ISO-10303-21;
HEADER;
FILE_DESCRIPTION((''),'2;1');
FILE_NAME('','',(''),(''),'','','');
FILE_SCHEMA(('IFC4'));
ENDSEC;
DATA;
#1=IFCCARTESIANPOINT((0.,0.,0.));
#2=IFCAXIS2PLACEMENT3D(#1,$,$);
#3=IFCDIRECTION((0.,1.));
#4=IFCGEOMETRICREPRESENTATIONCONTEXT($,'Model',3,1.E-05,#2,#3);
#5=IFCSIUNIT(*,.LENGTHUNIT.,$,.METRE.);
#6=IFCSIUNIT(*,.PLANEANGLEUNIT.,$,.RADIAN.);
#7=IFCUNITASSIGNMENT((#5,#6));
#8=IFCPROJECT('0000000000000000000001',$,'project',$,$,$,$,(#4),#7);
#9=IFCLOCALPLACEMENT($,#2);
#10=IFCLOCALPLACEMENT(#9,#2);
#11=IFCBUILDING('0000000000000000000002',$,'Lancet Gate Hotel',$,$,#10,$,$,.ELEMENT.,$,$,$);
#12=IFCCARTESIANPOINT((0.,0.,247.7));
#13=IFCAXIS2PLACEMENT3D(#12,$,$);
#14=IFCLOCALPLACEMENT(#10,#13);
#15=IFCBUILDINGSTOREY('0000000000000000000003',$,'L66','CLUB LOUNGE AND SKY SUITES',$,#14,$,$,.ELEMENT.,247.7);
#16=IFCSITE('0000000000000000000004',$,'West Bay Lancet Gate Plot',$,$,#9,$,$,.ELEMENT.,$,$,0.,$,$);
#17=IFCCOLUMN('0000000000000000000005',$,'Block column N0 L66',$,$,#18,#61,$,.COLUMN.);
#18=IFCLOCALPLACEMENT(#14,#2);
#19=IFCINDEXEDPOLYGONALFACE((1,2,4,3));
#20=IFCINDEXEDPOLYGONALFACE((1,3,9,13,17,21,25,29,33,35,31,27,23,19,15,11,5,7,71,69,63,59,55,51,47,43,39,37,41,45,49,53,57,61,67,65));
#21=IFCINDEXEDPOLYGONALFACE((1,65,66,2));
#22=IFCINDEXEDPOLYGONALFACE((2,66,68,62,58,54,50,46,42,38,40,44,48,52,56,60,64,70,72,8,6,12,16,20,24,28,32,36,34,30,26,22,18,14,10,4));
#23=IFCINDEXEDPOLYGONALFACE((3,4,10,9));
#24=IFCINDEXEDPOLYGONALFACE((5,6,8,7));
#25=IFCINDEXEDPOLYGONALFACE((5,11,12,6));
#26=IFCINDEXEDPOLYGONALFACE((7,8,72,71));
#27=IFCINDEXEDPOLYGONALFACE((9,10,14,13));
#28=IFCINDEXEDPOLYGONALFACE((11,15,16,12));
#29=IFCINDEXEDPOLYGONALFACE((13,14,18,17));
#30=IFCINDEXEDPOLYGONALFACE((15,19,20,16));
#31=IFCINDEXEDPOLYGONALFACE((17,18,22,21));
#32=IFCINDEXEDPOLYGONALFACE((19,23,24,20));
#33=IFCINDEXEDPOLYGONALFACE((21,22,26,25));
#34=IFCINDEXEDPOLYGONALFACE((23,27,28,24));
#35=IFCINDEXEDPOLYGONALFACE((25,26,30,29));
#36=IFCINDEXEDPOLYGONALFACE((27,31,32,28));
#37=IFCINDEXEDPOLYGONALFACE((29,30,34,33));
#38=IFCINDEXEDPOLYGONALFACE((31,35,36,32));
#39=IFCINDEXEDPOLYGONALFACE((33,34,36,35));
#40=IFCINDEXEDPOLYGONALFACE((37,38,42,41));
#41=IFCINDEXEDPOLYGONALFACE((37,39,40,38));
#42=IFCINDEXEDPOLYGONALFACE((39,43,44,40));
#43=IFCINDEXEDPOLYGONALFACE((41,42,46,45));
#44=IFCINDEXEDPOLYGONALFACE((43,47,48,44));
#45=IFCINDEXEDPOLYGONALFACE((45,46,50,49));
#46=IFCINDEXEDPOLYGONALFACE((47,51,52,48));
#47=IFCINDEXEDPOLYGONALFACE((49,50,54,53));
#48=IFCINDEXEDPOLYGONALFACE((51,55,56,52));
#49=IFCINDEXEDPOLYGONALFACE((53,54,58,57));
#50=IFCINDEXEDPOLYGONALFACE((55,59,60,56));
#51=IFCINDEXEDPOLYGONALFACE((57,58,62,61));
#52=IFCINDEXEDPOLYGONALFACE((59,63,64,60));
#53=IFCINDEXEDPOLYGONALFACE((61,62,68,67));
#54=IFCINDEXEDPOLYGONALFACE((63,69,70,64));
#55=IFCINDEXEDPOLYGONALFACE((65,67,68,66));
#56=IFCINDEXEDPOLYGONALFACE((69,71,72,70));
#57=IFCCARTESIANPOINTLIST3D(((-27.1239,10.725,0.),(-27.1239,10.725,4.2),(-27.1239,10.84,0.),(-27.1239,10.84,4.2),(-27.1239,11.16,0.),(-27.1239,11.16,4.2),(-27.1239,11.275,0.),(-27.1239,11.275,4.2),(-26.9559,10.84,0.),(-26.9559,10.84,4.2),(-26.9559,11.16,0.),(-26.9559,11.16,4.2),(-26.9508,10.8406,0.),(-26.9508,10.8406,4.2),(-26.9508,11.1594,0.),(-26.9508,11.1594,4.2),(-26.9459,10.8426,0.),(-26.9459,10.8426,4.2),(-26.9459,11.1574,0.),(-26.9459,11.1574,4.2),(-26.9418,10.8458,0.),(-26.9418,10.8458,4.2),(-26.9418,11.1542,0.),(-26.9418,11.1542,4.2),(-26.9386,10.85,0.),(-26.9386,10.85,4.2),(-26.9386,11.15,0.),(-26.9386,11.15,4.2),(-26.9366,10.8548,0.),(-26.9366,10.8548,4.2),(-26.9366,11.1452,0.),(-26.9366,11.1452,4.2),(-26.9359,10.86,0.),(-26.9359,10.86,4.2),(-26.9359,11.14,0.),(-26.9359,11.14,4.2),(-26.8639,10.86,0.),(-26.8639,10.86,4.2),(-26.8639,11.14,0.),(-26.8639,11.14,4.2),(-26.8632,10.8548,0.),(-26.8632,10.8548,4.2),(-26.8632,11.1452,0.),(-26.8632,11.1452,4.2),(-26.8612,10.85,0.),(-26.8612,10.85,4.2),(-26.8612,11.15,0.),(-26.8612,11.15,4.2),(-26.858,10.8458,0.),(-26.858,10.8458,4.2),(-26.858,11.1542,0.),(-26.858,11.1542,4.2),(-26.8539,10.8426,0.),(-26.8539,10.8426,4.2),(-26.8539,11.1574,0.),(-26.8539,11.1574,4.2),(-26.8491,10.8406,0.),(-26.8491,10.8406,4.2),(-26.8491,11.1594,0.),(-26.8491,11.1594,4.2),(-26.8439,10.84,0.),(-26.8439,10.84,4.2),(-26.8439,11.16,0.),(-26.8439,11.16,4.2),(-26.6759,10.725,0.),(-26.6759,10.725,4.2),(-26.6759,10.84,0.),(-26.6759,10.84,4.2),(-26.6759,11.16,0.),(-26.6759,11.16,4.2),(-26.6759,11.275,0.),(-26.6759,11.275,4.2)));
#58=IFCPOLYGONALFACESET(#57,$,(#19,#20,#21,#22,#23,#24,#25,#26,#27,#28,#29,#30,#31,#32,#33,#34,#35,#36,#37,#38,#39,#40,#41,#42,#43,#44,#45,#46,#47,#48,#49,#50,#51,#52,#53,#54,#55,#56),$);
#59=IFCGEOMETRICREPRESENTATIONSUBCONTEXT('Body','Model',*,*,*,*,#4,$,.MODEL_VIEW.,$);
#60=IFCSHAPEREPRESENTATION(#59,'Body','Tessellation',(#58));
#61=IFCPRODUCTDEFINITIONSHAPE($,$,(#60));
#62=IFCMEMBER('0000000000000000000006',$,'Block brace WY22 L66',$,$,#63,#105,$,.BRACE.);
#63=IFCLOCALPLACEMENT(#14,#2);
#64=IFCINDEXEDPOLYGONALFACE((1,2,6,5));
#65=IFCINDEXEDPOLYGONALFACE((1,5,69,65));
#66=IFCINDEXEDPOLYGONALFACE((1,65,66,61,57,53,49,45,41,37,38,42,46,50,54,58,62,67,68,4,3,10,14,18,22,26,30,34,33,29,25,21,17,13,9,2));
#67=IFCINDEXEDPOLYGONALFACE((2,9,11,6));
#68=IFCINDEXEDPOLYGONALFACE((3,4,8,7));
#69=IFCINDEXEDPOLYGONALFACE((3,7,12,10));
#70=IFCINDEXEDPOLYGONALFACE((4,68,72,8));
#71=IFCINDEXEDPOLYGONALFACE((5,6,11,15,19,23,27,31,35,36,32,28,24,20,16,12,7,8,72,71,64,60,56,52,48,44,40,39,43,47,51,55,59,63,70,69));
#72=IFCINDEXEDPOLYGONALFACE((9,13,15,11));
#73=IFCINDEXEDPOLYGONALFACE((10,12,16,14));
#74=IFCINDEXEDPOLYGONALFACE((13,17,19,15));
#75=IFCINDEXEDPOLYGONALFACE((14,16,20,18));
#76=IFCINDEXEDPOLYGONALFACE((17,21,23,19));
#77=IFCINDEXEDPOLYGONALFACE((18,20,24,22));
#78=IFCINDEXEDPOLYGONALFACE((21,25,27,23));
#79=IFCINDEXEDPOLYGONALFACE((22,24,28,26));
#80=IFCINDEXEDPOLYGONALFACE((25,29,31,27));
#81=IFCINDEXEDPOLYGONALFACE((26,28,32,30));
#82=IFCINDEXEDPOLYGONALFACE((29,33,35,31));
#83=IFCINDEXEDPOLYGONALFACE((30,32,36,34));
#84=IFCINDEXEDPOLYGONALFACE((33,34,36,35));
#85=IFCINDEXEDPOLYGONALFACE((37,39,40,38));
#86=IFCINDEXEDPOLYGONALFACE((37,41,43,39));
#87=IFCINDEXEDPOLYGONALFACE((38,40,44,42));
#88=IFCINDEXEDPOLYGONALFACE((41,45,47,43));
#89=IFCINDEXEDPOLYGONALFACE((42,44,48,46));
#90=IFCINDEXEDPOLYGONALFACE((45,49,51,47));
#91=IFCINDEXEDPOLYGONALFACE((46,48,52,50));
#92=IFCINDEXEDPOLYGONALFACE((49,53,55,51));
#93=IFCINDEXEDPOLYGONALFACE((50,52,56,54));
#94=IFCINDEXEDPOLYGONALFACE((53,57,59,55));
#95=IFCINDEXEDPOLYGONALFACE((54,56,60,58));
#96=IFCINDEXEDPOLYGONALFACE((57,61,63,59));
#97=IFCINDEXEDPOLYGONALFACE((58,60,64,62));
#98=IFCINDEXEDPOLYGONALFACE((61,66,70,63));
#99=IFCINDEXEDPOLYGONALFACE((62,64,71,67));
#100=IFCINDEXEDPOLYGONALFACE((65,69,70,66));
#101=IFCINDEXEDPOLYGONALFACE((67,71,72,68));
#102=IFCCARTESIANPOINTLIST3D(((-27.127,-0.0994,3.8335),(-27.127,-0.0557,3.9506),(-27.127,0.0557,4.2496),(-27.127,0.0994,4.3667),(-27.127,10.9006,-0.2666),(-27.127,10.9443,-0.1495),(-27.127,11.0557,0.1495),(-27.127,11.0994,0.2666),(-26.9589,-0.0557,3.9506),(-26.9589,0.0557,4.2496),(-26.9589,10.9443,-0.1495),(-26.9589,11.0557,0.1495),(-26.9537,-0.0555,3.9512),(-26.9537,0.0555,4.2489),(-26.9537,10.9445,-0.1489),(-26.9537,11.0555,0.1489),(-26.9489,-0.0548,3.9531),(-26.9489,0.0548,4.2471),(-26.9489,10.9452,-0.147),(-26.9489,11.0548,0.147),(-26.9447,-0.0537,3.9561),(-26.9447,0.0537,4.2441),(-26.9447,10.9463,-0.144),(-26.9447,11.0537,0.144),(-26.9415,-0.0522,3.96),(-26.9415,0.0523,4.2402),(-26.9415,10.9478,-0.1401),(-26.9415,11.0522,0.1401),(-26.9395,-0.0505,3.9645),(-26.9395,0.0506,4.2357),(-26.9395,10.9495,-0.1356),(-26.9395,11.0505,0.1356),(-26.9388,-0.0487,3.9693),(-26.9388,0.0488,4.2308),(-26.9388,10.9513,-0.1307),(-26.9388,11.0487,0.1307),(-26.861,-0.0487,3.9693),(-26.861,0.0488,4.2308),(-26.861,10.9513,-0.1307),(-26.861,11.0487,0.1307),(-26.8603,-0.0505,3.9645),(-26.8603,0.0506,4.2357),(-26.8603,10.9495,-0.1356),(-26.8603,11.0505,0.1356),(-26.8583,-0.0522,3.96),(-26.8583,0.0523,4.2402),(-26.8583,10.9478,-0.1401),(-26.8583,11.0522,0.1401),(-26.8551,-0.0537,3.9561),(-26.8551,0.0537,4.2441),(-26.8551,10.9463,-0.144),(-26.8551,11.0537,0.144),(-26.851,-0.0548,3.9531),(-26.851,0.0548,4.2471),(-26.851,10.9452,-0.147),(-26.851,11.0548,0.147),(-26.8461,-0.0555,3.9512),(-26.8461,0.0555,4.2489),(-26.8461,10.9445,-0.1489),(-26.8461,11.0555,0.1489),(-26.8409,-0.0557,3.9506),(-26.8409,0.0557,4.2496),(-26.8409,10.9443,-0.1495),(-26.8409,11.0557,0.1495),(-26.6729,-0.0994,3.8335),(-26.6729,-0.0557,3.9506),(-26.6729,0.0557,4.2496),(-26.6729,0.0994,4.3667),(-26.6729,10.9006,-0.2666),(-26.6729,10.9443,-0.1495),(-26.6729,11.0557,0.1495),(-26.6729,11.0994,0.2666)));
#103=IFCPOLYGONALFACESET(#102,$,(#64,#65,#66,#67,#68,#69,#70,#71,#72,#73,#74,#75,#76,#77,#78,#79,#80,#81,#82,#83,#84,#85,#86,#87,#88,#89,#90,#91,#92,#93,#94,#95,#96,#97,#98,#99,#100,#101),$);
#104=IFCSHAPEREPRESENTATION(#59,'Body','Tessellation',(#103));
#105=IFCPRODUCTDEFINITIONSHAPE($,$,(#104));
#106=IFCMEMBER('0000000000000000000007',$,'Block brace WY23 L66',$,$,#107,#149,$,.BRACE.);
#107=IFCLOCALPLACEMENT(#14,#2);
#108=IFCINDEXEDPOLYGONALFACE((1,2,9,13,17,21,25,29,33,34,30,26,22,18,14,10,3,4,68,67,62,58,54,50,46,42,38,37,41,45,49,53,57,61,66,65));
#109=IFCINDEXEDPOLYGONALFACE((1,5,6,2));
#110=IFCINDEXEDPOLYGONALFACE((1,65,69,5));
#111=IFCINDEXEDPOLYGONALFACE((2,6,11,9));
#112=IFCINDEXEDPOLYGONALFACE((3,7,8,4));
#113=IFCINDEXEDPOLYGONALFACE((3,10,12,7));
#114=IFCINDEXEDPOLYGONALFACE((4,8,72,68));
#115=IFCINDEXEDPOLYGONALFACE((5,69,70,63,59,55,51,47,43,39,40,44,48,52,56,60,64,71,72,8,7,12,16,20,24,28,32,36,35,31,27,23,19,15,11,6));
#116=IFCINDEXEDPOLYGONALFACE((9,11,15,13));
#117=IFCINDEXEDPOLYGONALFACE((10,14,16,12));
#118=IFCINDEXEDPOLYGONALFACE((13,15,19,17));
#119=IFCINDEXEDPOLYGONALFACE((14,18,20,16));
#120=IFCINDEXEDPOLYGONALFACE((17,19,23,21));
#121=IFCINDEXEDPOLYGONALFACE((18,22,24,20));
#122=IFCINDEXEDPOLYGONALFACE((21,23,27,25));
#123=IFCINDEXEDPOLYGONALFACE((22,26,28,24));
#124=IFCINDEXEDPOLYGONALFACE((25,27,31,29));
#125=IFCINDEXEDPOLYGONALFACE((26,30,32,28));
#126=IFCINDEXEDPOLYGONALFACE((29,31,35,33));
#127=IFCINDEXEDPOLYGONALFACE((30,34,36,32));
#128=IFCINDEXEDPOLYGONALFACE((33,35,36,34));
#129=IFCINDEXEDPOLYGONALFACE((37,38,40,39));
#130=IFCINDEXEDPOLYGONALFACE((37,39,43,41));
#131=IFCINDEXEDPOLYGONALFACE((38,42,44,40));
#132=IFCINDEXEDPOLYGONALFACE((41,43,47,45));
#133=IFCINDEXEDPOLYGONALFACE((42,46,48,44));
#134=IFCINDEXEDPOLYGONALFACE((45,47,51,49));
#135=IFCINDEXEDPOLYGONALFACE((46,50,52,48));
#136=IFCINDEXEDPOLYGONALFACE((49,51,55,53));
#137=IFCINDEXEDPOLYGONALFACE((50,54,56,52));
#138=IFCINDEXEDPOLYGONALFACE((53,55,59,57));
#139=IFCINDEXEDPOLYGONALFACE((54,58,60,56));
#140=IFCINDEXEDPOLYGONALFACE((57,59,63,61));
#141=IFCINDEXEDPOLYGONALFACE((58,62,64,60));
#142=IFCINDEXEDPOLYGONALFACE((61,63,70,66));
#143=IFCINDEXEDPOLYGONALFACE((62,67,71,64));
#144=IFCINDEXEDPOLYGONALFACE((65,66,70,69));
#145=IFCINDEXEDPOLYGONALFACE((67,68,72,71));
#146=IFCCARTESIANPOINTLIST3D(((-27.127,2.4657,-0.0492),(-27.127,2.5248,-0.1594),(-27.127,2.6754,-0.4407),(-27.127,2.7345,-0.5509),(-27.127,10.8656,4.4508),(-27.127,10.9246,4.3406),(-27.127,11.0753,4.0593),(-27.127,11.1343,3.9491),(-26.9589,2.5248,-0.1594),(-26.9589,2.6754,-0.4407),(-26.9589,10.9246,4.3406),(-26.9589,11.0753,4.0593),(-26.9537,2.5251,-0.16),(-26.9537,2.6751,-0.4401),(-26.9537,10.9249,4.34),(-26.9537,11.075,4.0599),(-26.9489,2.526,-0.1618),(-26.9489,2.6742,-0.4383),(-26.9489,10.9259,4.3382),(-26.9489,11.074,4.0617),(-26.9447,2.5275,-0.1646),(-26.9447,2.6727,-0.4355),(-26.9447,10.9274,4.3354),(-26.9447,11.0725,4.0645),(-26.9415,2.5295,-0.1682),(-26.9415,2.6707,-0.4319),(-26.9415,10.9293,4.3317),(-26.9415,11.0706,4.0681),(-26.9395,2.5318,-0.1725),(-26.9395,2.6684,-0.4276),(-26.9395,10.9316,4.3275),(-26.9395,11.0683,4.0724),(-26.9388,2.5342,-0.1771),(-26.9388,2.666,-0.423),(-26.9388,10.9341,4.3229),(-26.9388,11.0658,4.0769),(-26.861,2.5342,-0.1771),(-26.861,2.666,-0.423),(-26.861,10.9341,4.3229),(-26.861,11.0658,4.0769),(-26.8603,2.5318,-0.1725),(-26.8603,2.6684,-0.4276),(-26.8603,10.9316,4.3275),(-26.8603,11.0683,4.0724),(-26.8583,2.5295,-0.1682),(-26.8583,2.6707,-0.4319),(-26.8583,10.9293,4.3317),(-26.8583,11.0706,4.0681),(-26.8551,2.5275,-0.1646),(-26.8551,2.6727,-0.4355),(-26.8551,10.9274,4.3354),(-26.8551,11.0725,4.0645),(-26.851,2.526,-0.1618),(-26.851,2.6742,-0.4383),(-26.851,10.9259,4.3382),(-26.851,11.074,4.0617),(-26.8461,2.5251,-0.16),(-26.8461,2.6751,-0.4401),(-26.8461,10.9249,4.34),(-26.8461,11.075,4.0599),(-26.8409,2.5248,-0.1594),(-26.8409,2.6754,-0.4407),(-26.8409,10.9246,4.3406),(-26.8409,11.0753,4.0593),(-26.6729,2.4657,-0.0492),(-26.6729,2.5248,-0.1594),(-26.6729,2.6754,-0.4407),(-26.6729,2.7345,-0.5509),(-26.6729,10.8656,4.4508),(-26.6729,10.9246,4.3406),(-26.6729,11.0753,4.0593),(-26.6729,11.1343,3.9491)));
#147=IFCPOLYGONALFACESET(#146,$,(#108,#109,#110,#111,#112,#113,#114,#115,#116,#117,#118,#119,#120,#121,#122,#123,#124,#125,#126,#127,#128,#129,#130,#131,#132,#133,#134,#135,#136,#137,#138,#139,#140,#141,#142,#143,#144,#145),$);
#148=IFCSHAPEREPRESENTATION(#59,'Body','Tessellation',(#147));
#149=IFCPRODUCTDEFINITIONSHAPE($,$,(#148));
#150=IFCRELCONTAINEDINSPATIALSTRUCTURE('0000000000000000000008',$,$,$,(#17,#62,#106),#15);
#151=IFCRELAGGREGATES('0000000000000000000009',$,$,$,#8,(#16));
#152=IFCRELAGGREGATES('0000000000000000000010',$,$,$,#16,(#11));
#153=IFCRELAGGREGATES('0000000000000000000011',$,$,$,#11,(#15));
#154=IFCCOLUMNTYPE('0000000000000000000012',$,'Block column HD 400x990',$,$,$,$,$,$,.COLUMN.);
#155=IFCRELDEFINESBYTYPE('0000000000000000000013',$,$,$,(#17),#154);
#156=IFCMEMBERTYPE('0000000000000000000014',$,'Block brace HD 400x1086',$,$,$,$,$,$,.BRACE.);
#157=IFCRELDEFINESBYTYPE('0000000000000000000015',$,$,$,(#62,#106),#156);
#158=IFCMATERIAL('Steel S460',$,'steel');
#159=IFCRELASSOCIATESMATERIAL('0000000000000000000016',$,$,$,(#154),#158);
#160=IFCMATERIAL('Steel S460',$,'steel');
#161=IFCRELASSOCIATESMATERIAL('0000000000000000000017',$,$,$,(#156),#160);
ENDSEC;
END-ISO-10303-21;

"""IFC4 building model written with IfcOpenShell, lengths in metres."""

from ifc_helpers import new_model, si_unit, direction, frame, origin, origin_2d, place, context, subcontext, project, spatial, i_section, extrude, material, material_profile, profile_set, type_object, element, save


model = new_model("IFC4")

# Units and contexts
model_context = context("Model", 3, precision=1e-05, world=origin(), true_north=direction((0.0, 1.0)))
body_context = subcontext(model_context, "Body", "Model", "MODEL_VIEW")
ifc_project = project(units=[si_unit("LENGTHUNIT", "METRE"), si_unit("PLANEANGLEUNIT", "RADIAN")], contexts=[model_context])

# Site, building, storey
site_placement = place(None, origin())
site = spatial("IfcSite", under=ifc_project, at=site_placement, Name="West Bay Lancet Gate Plot", CompositionType="ELEMENT", RefElevation=0.0)
building_placement = place(site_placement, origin())
building = spatial("IfcBuilding", under=site, at=building_placement, Name="Lancet Gate Hotel", CompositionType="ELEMENT")
storey_placement = place(building_placement, frame((0.0, 0.0, 247.7)))
storey = spatial("IfcBuildingStorey", under=building, at=storey_placement, Name="L66", Description="CLUB LOUNGE AND SKY SUITES", CompositionType="ELEMENT", Elevation=247.7)

# Column
ifc_material_1 = material(Name="Steel S460", Category="steel")
ifc_material_profile_1 = material_profile(ifc_material_1, i_section(OverallWidth=0.448, OverallDepth=0.55, WebThickness=0.072, FlangeThickness=0.115, FilletRadius=0.02, at=origin_2d()), Name="HD 400x990")
ifc_profile_set_1 = profile_set([ifc_material_profile_1], Name="Steel S460")
column_type = type_object("IfcColumnType", Name="Block column HD 400x990", PredefinedType="COLUMN", material=ifc_profile_set_1)
column_placement = place(storey_placement, frame((-26.8999, 11.0, 0.0), z_axis=(0.0, 0.0, 1.0), x_axis=(1.0, 0.0, 0.0)))
element("IfcColumn", 1, at=column_placement, inside=storey, type_object=column_type, Name="Block column N0 L66", PredefinedType="COLUMN", context=body_context, shape_type="SweptSolid", body=[
    extrude(i_section(OverallWidth=0.448, OverallDepth=0.55, WebThickness=0.072, FlangeThickness=0.115, FilletRadius=0.02, at=origin_2d()), origin(), (0.0, 0.0, 1.0), 4.2),
])

# Members
ifc_material_2 = material(Name="Steel S460", Category="steel")
ifc_material_profile_2 = material_profile(ifc_material_2, i_section(OverallWidth=0.4541, OverallDepth=0.5691, WebThickness=0.0779, FlangeThickness=0.125, FilletRadius=0.02, at=origin_2d()), Name="HD 400x1086")
ifc_profile_set_2 = profile_set([ifc_material_profile_2], Name="Steel S460")
member_type = type_object("IfcMemberType", Name="Block brace HD 400x1086", PredefinedType="BRACE", material=ifc_profile_set_2)
member_1_placement = place(storey_placement, frame((-26.8999, 11.0, 0.0), z_axis=(0.0, -0.937025, 0.349263), x_axis=(1.0, 0.0, 0.0)))
element("IfcMember", 2, at=member_1_placement, inside=storey, type_object=member_type, Name="Block brace WY22 L66", PredefinedType="BRACE", context=body_context, shape_type="SweptSolid", body=[
    extrude(i_section(OverallWidth=0.4541, OverallDepth=0.5691, WebThickness=0.0779, FlangeThickness=0.125, FilletRadius=0.02, at=origin_2d()), origin(), (0.0, 0.0, 1.0), 11.7393),
])
member_2_placement = place(storey_placement, frame((-26.8999, 2.6001, -0.3), z_axis=(0.0, 0.881478, 0.472226), x_axis=(-1.0, 0.0, 0.0)))
element("IfcMember", 3, at=member_2_placement, inside=storey, type_object=member_type, Name="Block brace WY23 L66", PredefinedType="BRACE", context=body_context, shape_type="SweptSolid", body=[
    extrude(i_section(OverallWidth=0.4541, OverallDepth=0.5691, WebThickness=0.0779, FlangeThickness=0.125, FilletRadius=0.02, at=origin_2d()), origin(), (0.0, 0.0, 1.0), 9.5293),
])

save(model, "model.ifc")
